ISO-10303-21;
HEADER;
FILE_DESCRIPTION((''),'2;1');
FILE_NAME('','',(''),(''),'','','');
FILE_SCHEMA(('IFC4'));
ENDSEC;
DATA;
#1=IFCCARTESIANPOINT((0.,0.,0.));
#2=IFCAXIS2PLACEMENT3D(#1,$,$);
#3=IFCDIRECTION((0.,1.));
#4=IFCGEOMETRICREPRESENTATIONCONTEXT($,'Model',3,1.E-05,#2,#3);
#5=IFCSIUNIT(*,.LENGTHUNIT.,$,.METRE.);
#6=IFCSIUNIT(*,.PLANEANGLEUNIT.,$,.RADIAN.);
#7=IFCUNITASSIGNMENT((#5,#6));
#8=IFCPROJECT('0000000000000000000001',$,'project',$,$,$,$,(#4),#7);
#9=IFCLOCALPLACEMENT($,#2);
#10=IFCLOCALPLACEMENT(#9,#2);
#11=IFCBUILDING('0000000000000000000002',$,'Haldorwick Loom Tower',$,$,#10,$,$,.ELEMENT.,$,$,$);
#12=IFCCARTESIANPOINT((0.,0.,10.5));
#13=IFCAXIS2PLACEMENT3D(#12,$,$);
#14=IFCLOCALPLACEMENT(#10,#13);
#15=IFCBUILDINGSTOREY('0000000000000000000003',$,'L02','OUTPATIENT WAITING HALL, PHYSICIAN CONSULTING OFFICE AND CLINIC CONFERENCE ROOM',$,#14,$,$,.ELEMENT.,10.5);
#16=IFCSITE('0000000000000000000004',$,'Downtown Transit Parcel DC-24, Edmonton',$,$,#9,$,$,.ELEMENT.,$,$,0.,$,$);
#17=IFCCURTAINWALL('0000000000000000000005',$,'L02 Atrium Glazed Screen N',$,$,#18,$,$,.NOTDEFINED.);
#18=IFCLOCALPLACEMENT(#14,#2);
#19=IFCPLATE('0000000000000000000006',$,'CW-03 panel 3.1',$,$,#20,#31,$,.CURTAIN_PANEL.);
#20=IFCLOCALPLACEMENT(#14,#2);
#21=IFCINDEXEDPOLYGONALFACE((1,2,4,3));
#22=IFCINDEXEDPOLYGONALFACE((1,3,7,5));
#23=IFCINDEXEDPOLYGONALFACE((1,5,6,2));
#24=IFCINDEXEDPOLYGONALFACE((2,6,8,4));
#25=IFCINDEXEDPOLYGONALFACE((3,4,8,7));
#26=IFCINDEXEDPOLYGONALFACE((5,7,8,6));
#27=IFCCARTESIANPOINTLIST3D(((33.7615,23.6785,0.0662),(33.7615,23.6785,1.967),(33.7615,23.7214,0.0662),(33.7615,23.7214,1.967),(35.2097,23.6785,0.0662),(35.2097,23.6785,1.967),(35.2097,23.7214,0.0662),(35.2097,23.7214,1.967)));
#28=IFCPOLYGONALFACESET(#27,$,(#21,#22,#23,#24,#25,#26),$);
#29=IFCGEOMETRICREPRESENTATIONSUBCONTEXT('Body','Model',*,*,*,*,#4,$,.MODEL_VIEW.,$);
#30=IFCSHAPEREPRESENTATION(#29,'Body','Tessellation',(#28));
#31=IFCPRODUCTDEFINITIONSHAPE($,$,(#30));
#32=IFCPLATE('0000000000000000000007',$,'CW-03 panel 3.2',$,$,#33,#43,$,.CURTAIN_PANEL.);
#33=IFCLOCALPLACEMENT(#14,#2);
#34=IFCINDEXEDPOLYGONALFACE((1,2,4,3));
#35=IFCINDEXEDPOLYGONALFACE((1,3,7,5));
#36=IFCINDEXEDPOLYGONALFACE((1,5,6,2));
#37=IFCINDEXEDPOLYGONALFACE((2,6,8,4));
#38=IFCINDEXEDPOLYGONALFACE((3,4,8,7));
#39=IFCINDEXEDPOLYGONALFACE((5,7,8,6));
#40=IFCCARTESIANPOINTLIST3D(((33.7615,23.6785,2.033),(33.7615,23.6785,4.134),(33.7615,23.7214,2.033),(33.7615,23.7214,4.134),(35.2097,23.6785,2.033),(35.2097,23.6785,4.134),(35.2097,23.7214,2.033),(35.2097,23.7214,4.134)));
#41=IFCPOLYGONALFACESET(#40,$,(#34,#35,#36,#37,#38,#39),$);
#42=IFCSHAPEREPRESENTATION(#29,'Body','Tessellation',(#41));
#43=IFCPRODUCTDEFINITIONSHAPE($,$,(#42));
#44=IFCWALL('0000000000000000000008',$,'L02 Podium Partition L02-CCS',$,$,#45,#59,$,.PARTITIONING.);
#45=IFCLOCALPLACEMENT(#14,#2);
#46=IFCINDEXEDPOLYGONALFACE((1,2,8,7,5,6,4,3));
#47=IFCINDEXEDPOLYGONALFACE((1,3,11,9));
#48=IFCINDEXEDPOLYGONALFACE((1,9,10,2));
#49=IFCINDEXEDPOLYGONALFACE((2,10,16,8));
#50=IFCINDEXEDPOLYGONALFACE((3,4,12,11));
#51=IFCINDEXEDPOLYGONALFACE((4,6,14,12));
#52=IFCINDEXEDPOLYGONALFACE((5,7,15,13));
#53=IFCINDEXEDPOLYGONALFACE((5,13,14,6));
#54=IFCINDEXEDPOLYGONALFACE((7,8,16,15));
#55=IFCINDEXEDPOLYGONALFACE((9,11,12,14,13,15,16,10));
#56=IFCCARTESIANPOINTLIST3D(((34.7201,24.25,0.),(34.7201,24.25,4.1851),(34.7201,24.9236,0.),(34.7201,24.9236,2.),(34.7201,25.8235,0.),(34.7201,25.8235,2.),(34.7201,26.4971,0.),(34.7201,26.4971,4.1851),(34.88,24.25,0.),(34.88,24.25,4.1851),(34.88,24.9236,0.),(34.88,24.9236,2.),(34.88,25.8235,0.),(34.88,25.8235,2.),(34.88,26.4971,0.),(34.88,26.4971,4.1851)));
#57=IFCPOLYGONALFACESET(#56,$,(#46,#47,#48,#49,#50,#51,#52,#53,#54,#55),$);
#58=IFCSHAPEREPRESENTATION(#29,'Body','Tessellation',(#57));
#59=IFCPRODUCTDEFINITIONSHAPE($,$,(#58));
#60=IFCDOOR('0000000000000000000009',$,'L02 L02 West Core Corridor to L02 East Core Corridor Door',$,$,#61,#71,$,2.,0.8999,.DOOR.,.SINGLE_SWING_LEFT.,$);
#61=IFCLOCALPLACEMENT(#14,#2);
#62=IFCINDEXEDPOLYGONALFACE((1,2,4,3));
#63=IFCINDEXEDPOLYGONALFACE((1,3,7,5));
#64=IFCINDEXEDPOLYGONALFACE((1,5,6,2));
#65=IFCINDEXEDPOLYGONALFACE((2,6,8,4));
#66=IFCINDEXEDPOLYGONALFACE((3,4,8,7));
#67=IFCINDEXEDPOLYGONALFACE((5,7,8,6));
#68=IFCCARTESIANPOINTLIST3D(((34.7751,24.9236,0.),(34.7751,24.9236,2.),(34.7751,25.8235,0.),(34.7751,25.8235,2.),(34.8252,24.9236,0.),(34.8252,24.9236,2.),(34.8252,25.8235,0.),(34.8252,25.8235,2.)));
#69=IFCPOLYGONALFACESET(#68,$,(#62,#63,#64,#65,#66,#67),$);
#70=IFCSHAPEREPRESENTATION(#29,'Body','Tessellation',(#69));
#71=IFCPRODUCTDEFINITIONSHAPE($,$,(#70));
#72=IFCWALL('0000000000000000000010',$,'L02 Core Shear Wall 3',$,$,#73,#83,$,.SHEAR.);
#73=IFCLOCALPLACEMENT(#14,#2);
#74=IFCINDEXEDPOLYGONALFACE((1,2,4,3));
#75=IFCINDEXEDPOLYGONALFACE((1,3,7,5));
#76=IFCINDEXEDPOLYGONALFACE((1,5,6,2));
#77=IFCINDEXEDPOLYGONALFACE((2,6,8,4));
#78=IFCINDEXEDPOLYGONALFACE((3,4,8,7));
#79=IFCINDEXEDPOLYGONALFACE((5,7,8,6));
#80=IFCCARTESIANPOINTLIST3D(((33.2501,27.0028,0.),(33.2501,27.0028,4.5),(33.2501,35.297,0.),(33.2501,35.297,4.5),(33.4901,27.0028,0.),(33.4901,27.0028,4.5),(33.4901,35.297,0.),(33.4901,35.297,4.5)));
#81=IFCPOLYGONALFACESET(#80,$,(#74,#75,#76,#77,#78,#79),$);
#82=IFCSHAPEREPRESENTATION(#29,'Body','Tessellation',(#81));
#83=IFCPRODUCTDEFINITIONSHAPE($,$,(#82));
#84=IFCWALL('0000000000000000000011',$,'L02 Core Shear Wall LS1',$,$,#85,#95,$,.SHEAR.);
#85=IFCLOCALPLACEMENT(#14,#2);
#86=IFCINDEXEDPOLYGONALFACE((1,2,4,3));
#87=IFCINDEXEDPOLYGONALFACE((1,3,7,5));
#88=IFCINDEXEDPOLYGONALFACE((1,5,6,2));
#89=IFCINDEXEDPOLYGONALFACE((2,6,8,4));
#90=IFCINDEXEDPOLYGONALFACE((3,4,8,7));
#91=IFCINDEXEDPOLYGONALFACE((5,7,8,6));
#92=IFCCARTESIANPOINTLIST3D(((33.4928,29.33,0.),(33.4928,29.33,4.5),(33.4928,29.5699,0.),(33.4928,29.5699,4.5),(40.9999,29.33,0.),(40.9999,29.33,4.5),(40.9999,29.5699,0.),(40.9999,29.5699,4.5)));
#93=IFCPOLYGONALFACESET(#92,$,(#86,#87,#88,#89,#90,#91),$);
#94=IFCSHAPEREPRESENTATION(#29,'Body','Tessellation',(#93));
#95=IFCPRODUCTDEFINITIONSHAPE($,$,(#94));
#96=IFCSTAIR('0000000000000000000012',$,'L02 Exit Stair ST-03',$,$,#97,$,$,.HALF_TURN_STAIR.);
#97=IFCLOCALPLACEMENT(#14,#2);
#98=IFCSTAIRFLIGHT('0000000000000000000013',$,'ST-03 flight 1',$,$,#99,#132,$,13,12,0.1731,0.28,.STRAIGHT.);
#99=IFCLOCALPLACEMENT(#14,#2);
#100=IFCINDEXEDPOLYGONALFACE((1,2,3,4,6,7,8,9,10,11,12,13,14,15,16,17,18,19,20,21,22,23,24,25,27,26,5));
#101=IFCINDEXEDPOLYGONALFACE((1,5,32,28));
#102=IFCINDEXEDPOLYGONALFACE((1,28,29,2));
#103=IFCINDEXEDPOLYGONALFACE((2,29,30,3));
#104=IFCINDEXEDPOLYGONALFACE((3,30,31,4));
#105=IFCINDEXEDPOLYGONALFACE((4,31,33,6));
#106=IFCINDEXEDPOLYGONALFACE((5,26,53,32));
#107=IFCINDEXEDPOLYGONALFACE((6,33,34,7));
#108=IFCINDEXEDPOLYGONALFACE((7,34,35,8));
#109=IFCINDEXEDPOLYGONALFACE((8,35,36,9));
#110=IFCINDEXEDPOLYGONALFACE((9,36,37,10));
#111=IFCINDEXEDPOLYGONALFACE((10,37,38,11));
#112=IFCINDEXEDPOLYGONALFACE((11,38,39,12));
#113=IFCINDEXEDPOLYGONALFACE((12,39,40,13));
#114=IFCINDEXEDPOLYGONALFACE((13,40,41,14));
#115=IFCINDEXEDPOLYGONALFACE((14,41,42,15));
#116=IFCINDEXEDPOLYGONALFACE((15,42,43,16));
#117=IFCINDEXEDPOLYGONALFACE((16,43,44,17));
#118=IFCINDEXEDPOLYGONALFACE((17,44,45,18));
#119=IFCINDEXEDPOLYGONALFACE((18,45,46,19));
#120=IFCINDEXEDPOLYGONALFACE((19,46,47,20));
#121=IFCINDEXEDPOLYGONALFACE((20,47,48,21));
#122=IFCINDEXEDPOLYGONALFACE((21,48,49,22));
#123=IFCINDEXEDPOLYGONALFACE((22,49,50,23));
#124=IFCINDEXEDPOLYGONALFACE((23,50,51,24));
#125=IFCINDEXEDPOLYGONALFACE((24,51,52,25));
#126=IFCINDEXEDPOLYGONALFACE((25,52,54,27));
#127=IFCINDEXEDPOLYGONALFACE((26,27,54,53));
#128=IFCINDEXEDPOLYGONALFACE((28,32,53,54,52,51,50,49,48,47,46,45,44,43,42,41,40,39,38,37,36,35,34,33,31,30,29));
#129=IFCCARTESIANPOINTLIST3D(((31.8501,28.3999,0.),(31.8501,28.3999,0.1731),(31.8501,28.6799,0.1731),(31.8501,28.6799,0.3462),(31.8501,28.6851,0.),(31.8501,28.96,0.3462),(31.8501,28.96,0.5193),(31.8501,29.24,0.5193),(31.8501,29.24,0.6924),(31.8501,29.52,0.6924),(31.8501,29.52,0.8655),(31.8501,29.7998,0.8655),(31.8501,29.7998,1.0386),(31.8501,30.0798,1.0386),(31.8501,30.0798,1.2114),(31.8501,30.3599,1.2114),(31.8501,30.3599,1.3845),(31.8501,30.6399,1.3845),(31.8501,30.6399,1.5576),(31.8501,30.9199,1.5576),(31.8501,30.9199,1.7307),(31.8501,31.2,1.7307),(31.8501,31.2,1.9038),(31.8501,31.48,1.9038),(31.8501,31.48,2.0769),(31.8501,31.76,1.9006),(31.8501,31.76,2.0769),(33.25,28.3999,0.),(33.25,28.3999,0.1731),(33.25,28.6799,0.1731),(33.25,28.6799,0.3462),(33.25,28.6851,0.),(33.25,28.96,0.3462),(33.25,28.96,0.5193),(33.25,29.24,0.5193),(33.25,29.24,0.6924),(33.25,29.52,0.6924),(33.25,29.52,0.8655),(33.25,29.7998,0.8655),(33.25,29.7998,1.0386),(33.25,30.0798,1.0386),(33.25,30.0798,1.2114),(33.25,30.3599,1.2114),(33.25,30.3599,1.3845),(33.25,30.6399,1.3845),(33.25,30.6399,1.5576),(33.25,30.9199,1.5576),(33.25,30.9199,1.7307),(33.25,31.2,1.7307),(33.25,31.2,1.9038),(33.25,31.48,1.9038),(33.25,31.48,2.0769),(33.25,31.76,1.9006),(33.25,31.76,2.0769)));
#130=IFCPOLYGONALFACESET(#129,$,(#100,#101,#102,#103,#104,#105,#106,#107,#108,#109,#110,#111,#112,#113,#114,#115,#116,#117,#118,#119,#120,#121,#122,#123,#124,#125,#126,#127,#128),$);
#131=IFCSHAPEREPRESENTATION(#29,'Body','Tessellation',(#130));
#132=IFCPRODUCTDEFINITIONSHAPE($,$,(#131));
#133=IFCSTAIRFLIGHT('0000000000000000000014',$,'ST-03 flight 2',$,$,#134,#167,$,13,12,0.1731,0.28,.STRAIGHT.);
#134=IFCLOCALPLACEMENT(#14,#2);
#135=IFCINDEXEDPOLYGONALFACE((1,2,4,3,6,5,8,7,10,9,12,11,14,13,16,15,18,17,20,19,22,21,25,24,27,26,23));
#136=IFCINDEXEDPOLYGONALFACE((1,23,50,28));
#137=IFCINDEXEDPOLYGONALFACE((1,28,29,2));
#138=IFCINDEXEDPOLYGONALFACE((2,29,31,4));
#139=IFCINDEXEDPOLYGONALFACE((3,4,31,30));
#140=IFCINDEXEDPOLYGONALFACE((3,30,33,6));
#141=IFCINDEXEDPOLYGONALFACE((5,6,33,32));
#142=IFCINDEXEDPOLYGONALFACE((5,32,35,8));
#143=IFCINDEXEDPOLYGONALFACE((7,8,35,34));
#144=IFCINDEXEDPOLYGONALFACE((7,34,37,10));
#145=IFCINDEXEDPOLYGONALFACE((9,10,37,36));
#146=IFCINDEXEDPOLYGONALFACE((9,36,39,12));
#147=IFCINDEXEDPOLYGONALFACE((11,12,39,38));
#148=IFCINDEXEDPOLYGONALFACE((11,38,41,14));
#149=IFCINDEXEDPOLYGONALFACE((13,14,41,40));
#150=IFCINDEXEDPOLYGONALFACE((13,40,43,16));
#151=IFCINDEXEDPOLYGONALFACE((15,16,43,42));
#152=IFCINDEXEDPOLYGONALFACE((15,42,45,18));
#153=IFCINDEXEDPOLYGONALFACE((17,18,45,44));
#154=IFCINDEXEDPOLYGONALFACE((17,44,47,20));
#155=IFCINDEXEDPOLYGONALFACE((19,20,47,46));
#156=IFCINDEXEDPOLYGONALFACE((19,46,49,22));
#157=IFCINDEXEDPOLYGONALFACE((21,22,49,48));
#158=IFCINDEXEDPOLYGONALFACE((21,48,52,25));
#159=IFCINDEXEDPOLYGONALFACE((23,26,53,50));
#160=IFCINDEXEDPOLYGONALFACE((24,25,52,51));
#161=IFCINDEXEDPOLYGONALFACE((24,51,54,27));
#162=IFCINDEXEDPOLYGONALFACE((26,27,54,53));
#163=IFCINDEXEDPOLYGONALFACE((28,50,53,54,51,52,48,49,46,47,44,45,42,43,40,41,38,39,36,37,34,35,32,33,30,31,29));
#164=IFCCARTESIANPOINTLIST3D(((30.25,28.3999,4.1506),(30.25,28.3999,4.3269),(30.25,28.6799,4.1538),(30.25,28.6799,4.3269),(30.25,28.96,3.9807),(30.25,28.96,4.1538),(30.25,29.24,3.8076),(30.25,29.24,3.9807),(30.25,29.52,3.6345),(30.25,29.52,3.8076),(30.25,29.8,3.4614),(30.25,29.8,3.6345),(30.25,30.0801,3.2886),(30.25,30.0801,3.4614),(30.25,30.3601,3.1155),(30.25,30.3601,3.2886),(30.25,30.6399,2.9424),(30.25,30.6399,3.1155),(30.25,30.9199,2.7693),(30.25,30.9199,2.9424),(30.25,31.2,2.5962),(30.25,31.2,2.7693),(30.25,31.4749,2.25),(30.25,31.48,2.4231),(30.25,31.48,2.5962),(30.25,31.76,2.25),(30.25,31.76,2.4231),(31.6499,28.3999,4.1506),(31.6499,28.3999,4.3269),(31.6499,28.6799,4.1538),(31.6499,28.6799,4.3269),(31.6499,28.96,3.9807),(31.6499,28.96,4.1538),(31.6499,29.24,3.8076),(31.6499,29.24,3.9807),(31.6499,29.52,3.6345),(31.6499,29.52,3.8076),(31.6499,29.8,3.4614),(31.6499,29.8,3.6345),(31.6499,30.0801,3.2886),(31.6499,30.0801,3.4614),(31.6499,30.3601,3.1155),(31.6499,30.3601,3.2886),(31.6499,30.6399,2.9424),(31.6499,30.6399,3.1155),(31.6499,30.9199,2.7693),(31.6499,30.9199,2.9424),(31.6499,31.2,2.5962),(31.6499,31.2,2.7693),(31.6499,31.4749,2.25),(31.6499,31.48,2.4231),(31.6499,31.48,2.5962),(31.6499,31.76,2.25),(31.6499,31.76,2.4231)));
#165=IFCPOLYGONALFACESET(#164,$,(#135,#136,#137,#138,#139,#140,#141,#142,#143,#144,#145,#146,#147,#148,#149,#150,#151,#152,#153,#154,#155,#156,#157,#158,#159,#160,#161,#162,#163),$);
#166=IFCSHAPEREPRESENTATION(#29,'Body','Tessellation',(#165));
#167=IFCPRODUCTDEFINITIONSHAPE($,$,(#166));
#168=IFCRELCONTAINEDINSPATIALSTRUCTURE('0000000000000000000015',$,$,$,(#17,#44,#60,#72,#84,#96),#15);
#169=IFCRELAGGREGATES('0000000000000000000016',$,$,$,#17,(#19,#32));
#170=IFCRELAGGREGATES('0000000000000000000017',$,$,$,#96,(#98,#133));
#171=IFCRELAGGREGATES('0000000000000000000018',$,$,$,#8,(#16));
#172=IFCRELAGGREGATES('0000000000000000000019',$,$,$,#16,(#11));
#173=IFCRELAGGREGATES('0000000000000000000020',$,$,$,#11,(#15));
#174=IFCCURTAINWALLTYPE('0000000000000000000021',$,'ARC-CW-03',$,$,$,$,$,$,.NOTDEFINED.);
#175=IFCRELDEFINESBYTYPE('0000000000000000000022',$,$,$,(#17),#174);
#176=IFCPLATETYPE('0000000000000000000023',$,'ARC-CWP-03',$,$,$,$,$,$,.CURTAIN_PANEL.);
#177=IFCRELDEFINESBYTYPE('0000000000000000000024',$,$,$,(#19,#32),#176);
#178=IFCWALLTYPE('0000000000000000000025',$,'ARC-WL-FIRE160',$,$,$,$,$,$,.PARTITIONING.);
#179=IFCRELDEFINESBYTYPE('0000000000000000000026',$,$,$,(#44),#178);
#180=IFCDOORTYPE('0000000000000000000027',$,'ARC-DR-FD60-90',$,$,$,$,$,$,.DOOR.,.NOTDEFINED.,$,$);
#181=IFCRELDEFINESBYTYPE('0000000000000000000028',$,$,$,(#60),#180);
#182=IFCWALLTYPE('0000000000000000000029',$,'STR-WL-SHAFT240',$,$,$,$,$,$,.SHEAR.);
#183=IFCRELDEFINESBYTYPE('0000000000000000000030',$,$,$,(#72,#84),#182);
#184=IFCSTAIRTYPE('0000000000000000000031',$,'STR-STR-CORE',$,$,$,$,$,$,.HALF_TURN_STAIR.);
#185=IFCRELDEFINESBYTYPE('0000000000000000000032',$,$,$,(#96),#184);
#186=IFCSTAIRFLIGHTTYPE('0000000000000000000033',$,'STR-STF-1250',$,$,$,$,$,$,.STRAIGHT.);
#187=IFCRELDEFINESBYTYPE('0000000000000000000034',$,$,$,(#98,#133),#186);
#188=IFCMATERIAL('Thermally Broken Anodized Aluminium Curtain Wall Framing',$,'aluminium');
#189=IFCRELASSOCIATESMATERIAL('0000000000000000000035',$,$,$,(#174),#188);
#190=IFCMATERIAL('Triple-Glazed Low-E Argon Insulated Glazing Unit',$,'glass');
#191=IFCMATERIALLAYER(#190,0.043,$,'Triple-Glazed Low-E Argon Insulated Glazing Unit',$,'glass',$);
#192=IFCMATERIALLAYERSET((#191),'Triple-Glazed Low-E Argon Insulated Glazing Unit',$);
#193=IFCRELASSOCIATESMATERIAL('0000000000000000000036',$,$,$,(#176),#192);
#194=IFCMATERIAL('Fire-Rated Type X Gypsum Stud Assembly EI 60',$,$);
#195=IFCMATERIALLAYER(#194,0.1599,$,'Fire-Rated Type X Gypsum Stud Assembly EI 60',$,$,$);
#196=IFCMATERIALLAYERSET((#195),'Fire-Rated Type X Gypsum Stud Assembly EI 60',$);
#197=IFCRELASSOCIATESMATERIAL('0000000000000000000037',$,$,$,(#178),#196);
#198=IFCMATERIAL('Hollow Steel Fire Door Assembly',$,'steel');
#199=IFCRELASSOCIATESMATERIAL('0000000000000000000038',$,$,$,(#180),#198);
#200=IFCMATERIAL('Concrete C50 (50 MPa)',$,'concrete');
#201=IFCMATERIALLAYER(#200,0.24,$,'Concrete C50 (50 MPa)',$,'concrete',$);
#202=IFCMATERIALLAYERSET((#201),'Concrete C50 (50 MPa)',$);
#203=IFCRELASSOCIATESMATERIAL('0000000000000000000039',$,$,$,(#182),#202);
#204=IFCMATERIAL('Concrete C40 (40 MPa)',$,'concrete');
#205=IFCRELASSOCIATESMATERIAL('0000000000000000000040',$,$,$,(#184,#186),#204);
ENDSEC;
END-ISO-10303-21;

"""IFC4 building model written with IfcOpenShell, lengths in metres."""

from ifc_helpers import new_model, si_unit, direction, frame, frame_2d, origin, origin_2d, place, context, subcontext, project, spatial, polyline, rectangle, outline, extrude, material, layer, layer_set, type_object, element, fill, aggregate, save


model = new_model("IFC4")

# Units and contexts
model_context = context("Model", 3, precision=1e-05, world=origin(), true_north=direction((0.0, 1.0)))
body_context = subcontext(model_context, "Body", "Model", "MODEL_VIEW")
ifc_project = project(units=[si_unit("LENGTHUNIT", "METRE"), si_unit("PLANEANGLEUNIT", "RADIAN")], contexts=[model_context])

# Site, building, storey
site_placement = place(None, origin())
site = spatial("IfcSite", under=ifc_project, at=site_placement, Name="Downtown Transit Parcel DC-24, Edmonton", CompositionType="ELEMENT", RefElevation=0.0)
building_placement = place(site_placement, origin())
building = spatial("IfcBuilding", under=site, at=building_placement, Name="Haldorwick Loom Tower", CompositionType="ELEMENT")
storey_placement = place(building_placement, frame((0.0, 0.0, 10.5)))
storey = spatial("IfcBuildingStorey", under=building, at=storey_placement, Name="L02", Description="OUTPATIENT WAITING HALL, PHYSICIAN CONSULTING OFFICE AND CLINIC CONFERENCE ROOM", CompositionType="ELEMENT", Elevation=10.5)

# Curtain wall
ifc_material_1 = material(Name="Thermally Broken Anodized Aluminium Curtain Wall Framing", Category="aluminium")
curtain_wall_type = type_object("IfcCurtainWallType", Name="ARC-CW-03", PredefinedType="NOTDEFINED", material=ifc_material_1)
curtain_wall_placement = place(storey_placement, origin())
curtain_wall = element("IfcCurtainWall", 1, at=curtain_wall_placement, inside=storey, type_object=curtain_wall_type, Name="L02 Atrium Glazed Screen N", PredefinedType="NOTDEFINED")

# Plates
ifc_material_2 = material(Name="Triple-Glazed Low-E Argon Insulated Glazing Unit", Category="glass")
ifc_layer_1 = layer(ifc_material_2, 0.043, Name="Triple-Glazed Low-E Argon Insulated Glazing Unit", Category="glass")
ifc_layer_set_1 = layer_set([ifc_layer_1], Name="Triple-Glazed Low-E Argon Insulated Glazing Unit")
plate_type = type_object("IfcPlateType", Name="ARC-CWP-03", PredefinedType="CURTAIN_PANEL", material=ifc_layer_set_1)
plate_1_placement = place(storey_placement, frame((34.4856, 23.7, 0.0662), z_axis=(0.0, 0.0, 1.0), x_axis=(1.0, 0.0, 0.0)))
plate_1 = element("IfcPlate", 2, at=plate_1_placement, type_object=plate_type, Name="CW-03 panel 3.1", PredefinedType="CURTAIN_PANEL", context=body_context, shape_type="SweptSolid", body=[
    extrude(rectangle(XDim=1.4482, YDim=0.043, at=origin_2d()), origin(), (0.0, 0.0, 1.0), 1.9009),
])
plate_2_placement = place(storey_placement, frame((34.4856, 23.7, 2.033), z_axis=(0.0, 0.0, 1.0), x_axis=(1.0, 0.0, 0.0)))
plate_2 = element("IfcPlate", 3, at=plate_2_placement, type_object=plate_type, Name="CW-03 panel 3.2", PredefinedType="CURTAIN_PANEL", context=body_context, shape_type="SweptSolid", body=[
    extrude(rectangle(XDim=1.4482, YDim=0.043, at=origin_2d()), origin(), (0.0, 0.0, 1.0), 2.1011),
])
aggregate(curtain_wall, [plate_1, plate_2])

# Wall, opening, door
ifc_material_3 = material(Name="Fire-Rated Type X Gypsum Stud Assembly EI 60")
ifc_layer_2 = layer(ifc_material_3, 0.1599, Name="Fire-Rated Type X Gypsum Stud Assembly EI 60")
ifc_layer_set_2 = layer_set([ifc_layer_2], Name="Fire-Rated Type X Gypsum Stud Assembly EI 60")
wall_type_1 = type_object("IfcWallType", Name="ARC-WL-FIRE160", PredefinedType="PARTITIONING", material=ifc_layer_set_2)
wall_1_placement = place(storey_placement, frame((34.8, 24.25, 0.0), z_axis=(0.0, 0.0, 1.0), x_axis=(0.0, 1.0, 0.0)))
wall_1 = element("IfcWall", 4, at=wall_1_placement, inside=storey, type_object=wall_type_1, Name="L02 Podium Partition L02-CCS", PredefinedType="PARTITIONING", context=body_context, shape_type="SweptSolid", body=[
    extrude(rectangle(XDim=2.2471, YDim=0.1599, at=frame_2d((1.1235, 0.0))), origin(), (0.0, 0.0, 1.0), 4.1851),
])
opening_placement = place(wall_1_placement, frame((0.6736, 0.0, 0.0)))
opening = element("IfcOpeningElement", 5, at=opening_placement, cuts=wall_1, PredefinedType="OPENING", context=body_context, shape_type="SweptSolid", body=[
    extrude(rectangle(XDim=0.8999, YDim=2.0, at=frame_2d((0.45, 1.0))), frame((0.0, 0.0898, 0.0), z_axis=(0.0, -1.0, 0.0), x_axis=(1.0, 0.0, 0.0)), (0.0, 0.0, 1.0), 0.1799),
])
ifc_material_4 = material(Name="Hollow Steel Fire Door Assembly", Category="steel")
door_type = type_object("IfcDoorType", Name="ARC-DR-FD60-90", OperationType="NOTDEFINED", PredefinedType="DOOR", material=ifc_material_4)
door_placement = place(opening_placement, origin())
door = element("IfcDoor", 6, at=door_placement, inside=storey, type_object=door_type, Name="L02 L02 West Core Corridor to L02 East Core Corridor Door", OperationType="SINGLE_SWING_LEFT", OverallHeight=2.0, OverallWidth=0.8999, PredefinedType="DOOR", context=body_context, shape_type="SweptSolid", body=[
    extrude(rectangle(XDim=0.8999, YDim=2.0, at=frame_2d((0.45, 1.0))), frame((0.0, 0.0249, 0.0), z_axis=(0.0, -1.0, 0.0), x_axis=(1.0, 0.0, 0.0)), (0.0, 0.0, 1.0), 0.05),
])
fill(opening, door)

# Walls
ifc_material_5 = material(Name="Concrete C50 (50 MPa)", Category="concrete")
ifc_layer_3 = layer(ifc_material_5, 0.24, Name="Concrete C50 (50 MPa)", Category="concrete")
ifc_layer_set_3 = layer_set([ifc_layer_3], Name="Concrete C50 (50 MPa)")
wall_type_2 = type_object("IfcWallType", Name="STR-WL-SHAFT240", PredefinedType="SHEAR", material=ifc_layer_set_3)
wall_2_placement = place(storey_placement, frame((33.3701, 27.0029, 0.0), z_axis=(0.0, 0.0, 1.0), x_axis=(0.0, 1.0, 0.0)))
element("IfcWall", 7, at=wall_2_placement, inside=storey, type_object=wall_type_2, Name="L02 Core Shear Wall 3", PredefinedType="SHEAR", context=body_context, shape_type="SweptSolid", body=[
    extrude(rectangle(XDim=8.2942, YDim=0.24, at=frame_2d((4.147, 0.0))), origin(), (0.0, 0.0, 1.0), 4.5),
])
wall_3_placement = place(storey_placement, frame((33.4929, 29.45, 0.0), z_axis=(0.0, 0.0, 1.0), x_axis=(1.0, 0.0, 0.0)))
element("IfcWall", 8, at=wall_3_placement, inside=storey, type_object=wall_type_2, Name="L02 Core Shear Wall LS1", PredefinedType="SHEAR", context=body_context, shape_type="SweptSolid", body=[
    extrude(rectangle(XDim=7.5071, YDim=0.24, at=frame_2d((3.7534, 0.0))), origin(), (0.0, 0.0, 1.0), 4.5),
])

# Stair, stair flights
ifc_material_6 = material(Name="Concrete C40 (40 MPa)", Category="concrete")
stair_type = type_object("IfcStairType", Name="STR-STR-CORE", PredefinedType="HALF_TURN_STAIR", material=ifc_material_6)
stair_placement = place(storey_placement, origin())
stair = element("IfcStair", 9, at=stair_placement, inside=storey, type_object=stair_type, Name="L02 Exit Stair ST-03", PredefinedType="HALF_TURN_STAIR")
stair_flight_type = type_object("IfcStairFlightType", Name="STR-STF-1250", PredefinedType="STRAIGHT", material=ifc_material_6)
stair_flight_1_placement = place(storey_placement, frame((32.55, 28.3999, 0.0), z_axis=(0.0, 0.0, 1.0), x_axis=(0.0, 1.0, 0.0)))
stair_flight_1 = element("IfcStairFlight", 10, at=stair_flight_1_placement, type_object=stair_flight_type, Name="ST-03 flight 1", NumberOfRisers=13, NumberOfTreads=12, PredefinedType="STRAIGHT", RiserHeight=0.1731, TreadLength=0.28, context=body_context, shape_type="SweptSolid", body=[
    extrude(outline(polyline([(0.0, 0.0), (0.0, 0.1731), (0.28, 0.1731), (0.28, 0.3462), (0.5601, 0.3462), (0.5601, 0.5193), (0.8401, 0.5193), (0.8401, 0.6924), (1.1201, 0.6924), (1.1201, 0.8655), (1.3999, 0.8655), (1.3999, 1.0386), (1.6799, 1.0386), (1.6799, 1.2114), (1.96, 1.2114), (1.96, 1.3845), (2.24, 1.3845), (2.24, 1.5576), (2.52, 1.5576), (2.52, 1.7307), (2.8, 1.7307), (2.8, 1.9038), (3.0801, 1.9038), (3.0801, 2.0769), (3.3601, 2.0769), (3.3601, 2.25), (3.3601, 1.9006), (0.2852, 0.0), (0.0, 0.0)])), frame((0.0, 0.7, 0.0), z_axis=(0.0, -1.0, 0.0), x_axis=(1.0, 0.0, 0.0)), (0.0, 0.0, 1.0), 1.3999),
])
stair_flight_2_placement = place(storey_placement, frame((30.95, 31.76, 2.25), z_axis=(0.0, 0.0, 1.0), x_axis=(0.0, -1.0, 0.0)))
stair_flight_2 = element("IfcStairFlight", 11, at=stair_flight_2_placement, type_object=stair_flight_type, Name="ST-03 flight 2", NumberOfRisers=13, NumberOfTreads=12, PredefinedType="STRAIGHT", RiserHeight=0.1731, TreadLength=0.28, context=body_context, shape_type="SweptSolid", body=[
    extrude(outline(polyline([(0.0, 0.0), (0.0, 0.1731), (0.28, 0.1731), (0.28, 0.3462), (0.5601, 0.3462), (0.5601, 0.5193), (0.8401, 0.5193), (0.8401, 0.6924), (1.1201, 0.6924), (1.1201, 0.8655), (1.3999, 0.8655), (1.3999, 1.0386), (1.6799, 1.0386), (1.6799, 1.2114), (1.96, 1.2114), (1.96, 1.3845), (2.24, 1.3845), (2.24, 1.5576), (2.52, 1.5576), (2.52, 1.7307), (2.8, 1.7307), (2.8, 1.9038), (3.0801, 1.9038), (3.0801, 2.0769), (3.3601, 2.0769), (3.3601, 2.25), (3.3601, 1.9006), (0.2852, 0.0), (0.0, 0.0)])), frame((0.0, 0.7, 0.0), z_axis=(0.0, -1.0, 0.0), x_axis=(1.0, 0.0, 0.0)), (0.0, 0.0, 1.0), 1.3999),
])
aggregate(stair, [stair_flight_1, stair_flight_2])

save(model, "model.ifc")
